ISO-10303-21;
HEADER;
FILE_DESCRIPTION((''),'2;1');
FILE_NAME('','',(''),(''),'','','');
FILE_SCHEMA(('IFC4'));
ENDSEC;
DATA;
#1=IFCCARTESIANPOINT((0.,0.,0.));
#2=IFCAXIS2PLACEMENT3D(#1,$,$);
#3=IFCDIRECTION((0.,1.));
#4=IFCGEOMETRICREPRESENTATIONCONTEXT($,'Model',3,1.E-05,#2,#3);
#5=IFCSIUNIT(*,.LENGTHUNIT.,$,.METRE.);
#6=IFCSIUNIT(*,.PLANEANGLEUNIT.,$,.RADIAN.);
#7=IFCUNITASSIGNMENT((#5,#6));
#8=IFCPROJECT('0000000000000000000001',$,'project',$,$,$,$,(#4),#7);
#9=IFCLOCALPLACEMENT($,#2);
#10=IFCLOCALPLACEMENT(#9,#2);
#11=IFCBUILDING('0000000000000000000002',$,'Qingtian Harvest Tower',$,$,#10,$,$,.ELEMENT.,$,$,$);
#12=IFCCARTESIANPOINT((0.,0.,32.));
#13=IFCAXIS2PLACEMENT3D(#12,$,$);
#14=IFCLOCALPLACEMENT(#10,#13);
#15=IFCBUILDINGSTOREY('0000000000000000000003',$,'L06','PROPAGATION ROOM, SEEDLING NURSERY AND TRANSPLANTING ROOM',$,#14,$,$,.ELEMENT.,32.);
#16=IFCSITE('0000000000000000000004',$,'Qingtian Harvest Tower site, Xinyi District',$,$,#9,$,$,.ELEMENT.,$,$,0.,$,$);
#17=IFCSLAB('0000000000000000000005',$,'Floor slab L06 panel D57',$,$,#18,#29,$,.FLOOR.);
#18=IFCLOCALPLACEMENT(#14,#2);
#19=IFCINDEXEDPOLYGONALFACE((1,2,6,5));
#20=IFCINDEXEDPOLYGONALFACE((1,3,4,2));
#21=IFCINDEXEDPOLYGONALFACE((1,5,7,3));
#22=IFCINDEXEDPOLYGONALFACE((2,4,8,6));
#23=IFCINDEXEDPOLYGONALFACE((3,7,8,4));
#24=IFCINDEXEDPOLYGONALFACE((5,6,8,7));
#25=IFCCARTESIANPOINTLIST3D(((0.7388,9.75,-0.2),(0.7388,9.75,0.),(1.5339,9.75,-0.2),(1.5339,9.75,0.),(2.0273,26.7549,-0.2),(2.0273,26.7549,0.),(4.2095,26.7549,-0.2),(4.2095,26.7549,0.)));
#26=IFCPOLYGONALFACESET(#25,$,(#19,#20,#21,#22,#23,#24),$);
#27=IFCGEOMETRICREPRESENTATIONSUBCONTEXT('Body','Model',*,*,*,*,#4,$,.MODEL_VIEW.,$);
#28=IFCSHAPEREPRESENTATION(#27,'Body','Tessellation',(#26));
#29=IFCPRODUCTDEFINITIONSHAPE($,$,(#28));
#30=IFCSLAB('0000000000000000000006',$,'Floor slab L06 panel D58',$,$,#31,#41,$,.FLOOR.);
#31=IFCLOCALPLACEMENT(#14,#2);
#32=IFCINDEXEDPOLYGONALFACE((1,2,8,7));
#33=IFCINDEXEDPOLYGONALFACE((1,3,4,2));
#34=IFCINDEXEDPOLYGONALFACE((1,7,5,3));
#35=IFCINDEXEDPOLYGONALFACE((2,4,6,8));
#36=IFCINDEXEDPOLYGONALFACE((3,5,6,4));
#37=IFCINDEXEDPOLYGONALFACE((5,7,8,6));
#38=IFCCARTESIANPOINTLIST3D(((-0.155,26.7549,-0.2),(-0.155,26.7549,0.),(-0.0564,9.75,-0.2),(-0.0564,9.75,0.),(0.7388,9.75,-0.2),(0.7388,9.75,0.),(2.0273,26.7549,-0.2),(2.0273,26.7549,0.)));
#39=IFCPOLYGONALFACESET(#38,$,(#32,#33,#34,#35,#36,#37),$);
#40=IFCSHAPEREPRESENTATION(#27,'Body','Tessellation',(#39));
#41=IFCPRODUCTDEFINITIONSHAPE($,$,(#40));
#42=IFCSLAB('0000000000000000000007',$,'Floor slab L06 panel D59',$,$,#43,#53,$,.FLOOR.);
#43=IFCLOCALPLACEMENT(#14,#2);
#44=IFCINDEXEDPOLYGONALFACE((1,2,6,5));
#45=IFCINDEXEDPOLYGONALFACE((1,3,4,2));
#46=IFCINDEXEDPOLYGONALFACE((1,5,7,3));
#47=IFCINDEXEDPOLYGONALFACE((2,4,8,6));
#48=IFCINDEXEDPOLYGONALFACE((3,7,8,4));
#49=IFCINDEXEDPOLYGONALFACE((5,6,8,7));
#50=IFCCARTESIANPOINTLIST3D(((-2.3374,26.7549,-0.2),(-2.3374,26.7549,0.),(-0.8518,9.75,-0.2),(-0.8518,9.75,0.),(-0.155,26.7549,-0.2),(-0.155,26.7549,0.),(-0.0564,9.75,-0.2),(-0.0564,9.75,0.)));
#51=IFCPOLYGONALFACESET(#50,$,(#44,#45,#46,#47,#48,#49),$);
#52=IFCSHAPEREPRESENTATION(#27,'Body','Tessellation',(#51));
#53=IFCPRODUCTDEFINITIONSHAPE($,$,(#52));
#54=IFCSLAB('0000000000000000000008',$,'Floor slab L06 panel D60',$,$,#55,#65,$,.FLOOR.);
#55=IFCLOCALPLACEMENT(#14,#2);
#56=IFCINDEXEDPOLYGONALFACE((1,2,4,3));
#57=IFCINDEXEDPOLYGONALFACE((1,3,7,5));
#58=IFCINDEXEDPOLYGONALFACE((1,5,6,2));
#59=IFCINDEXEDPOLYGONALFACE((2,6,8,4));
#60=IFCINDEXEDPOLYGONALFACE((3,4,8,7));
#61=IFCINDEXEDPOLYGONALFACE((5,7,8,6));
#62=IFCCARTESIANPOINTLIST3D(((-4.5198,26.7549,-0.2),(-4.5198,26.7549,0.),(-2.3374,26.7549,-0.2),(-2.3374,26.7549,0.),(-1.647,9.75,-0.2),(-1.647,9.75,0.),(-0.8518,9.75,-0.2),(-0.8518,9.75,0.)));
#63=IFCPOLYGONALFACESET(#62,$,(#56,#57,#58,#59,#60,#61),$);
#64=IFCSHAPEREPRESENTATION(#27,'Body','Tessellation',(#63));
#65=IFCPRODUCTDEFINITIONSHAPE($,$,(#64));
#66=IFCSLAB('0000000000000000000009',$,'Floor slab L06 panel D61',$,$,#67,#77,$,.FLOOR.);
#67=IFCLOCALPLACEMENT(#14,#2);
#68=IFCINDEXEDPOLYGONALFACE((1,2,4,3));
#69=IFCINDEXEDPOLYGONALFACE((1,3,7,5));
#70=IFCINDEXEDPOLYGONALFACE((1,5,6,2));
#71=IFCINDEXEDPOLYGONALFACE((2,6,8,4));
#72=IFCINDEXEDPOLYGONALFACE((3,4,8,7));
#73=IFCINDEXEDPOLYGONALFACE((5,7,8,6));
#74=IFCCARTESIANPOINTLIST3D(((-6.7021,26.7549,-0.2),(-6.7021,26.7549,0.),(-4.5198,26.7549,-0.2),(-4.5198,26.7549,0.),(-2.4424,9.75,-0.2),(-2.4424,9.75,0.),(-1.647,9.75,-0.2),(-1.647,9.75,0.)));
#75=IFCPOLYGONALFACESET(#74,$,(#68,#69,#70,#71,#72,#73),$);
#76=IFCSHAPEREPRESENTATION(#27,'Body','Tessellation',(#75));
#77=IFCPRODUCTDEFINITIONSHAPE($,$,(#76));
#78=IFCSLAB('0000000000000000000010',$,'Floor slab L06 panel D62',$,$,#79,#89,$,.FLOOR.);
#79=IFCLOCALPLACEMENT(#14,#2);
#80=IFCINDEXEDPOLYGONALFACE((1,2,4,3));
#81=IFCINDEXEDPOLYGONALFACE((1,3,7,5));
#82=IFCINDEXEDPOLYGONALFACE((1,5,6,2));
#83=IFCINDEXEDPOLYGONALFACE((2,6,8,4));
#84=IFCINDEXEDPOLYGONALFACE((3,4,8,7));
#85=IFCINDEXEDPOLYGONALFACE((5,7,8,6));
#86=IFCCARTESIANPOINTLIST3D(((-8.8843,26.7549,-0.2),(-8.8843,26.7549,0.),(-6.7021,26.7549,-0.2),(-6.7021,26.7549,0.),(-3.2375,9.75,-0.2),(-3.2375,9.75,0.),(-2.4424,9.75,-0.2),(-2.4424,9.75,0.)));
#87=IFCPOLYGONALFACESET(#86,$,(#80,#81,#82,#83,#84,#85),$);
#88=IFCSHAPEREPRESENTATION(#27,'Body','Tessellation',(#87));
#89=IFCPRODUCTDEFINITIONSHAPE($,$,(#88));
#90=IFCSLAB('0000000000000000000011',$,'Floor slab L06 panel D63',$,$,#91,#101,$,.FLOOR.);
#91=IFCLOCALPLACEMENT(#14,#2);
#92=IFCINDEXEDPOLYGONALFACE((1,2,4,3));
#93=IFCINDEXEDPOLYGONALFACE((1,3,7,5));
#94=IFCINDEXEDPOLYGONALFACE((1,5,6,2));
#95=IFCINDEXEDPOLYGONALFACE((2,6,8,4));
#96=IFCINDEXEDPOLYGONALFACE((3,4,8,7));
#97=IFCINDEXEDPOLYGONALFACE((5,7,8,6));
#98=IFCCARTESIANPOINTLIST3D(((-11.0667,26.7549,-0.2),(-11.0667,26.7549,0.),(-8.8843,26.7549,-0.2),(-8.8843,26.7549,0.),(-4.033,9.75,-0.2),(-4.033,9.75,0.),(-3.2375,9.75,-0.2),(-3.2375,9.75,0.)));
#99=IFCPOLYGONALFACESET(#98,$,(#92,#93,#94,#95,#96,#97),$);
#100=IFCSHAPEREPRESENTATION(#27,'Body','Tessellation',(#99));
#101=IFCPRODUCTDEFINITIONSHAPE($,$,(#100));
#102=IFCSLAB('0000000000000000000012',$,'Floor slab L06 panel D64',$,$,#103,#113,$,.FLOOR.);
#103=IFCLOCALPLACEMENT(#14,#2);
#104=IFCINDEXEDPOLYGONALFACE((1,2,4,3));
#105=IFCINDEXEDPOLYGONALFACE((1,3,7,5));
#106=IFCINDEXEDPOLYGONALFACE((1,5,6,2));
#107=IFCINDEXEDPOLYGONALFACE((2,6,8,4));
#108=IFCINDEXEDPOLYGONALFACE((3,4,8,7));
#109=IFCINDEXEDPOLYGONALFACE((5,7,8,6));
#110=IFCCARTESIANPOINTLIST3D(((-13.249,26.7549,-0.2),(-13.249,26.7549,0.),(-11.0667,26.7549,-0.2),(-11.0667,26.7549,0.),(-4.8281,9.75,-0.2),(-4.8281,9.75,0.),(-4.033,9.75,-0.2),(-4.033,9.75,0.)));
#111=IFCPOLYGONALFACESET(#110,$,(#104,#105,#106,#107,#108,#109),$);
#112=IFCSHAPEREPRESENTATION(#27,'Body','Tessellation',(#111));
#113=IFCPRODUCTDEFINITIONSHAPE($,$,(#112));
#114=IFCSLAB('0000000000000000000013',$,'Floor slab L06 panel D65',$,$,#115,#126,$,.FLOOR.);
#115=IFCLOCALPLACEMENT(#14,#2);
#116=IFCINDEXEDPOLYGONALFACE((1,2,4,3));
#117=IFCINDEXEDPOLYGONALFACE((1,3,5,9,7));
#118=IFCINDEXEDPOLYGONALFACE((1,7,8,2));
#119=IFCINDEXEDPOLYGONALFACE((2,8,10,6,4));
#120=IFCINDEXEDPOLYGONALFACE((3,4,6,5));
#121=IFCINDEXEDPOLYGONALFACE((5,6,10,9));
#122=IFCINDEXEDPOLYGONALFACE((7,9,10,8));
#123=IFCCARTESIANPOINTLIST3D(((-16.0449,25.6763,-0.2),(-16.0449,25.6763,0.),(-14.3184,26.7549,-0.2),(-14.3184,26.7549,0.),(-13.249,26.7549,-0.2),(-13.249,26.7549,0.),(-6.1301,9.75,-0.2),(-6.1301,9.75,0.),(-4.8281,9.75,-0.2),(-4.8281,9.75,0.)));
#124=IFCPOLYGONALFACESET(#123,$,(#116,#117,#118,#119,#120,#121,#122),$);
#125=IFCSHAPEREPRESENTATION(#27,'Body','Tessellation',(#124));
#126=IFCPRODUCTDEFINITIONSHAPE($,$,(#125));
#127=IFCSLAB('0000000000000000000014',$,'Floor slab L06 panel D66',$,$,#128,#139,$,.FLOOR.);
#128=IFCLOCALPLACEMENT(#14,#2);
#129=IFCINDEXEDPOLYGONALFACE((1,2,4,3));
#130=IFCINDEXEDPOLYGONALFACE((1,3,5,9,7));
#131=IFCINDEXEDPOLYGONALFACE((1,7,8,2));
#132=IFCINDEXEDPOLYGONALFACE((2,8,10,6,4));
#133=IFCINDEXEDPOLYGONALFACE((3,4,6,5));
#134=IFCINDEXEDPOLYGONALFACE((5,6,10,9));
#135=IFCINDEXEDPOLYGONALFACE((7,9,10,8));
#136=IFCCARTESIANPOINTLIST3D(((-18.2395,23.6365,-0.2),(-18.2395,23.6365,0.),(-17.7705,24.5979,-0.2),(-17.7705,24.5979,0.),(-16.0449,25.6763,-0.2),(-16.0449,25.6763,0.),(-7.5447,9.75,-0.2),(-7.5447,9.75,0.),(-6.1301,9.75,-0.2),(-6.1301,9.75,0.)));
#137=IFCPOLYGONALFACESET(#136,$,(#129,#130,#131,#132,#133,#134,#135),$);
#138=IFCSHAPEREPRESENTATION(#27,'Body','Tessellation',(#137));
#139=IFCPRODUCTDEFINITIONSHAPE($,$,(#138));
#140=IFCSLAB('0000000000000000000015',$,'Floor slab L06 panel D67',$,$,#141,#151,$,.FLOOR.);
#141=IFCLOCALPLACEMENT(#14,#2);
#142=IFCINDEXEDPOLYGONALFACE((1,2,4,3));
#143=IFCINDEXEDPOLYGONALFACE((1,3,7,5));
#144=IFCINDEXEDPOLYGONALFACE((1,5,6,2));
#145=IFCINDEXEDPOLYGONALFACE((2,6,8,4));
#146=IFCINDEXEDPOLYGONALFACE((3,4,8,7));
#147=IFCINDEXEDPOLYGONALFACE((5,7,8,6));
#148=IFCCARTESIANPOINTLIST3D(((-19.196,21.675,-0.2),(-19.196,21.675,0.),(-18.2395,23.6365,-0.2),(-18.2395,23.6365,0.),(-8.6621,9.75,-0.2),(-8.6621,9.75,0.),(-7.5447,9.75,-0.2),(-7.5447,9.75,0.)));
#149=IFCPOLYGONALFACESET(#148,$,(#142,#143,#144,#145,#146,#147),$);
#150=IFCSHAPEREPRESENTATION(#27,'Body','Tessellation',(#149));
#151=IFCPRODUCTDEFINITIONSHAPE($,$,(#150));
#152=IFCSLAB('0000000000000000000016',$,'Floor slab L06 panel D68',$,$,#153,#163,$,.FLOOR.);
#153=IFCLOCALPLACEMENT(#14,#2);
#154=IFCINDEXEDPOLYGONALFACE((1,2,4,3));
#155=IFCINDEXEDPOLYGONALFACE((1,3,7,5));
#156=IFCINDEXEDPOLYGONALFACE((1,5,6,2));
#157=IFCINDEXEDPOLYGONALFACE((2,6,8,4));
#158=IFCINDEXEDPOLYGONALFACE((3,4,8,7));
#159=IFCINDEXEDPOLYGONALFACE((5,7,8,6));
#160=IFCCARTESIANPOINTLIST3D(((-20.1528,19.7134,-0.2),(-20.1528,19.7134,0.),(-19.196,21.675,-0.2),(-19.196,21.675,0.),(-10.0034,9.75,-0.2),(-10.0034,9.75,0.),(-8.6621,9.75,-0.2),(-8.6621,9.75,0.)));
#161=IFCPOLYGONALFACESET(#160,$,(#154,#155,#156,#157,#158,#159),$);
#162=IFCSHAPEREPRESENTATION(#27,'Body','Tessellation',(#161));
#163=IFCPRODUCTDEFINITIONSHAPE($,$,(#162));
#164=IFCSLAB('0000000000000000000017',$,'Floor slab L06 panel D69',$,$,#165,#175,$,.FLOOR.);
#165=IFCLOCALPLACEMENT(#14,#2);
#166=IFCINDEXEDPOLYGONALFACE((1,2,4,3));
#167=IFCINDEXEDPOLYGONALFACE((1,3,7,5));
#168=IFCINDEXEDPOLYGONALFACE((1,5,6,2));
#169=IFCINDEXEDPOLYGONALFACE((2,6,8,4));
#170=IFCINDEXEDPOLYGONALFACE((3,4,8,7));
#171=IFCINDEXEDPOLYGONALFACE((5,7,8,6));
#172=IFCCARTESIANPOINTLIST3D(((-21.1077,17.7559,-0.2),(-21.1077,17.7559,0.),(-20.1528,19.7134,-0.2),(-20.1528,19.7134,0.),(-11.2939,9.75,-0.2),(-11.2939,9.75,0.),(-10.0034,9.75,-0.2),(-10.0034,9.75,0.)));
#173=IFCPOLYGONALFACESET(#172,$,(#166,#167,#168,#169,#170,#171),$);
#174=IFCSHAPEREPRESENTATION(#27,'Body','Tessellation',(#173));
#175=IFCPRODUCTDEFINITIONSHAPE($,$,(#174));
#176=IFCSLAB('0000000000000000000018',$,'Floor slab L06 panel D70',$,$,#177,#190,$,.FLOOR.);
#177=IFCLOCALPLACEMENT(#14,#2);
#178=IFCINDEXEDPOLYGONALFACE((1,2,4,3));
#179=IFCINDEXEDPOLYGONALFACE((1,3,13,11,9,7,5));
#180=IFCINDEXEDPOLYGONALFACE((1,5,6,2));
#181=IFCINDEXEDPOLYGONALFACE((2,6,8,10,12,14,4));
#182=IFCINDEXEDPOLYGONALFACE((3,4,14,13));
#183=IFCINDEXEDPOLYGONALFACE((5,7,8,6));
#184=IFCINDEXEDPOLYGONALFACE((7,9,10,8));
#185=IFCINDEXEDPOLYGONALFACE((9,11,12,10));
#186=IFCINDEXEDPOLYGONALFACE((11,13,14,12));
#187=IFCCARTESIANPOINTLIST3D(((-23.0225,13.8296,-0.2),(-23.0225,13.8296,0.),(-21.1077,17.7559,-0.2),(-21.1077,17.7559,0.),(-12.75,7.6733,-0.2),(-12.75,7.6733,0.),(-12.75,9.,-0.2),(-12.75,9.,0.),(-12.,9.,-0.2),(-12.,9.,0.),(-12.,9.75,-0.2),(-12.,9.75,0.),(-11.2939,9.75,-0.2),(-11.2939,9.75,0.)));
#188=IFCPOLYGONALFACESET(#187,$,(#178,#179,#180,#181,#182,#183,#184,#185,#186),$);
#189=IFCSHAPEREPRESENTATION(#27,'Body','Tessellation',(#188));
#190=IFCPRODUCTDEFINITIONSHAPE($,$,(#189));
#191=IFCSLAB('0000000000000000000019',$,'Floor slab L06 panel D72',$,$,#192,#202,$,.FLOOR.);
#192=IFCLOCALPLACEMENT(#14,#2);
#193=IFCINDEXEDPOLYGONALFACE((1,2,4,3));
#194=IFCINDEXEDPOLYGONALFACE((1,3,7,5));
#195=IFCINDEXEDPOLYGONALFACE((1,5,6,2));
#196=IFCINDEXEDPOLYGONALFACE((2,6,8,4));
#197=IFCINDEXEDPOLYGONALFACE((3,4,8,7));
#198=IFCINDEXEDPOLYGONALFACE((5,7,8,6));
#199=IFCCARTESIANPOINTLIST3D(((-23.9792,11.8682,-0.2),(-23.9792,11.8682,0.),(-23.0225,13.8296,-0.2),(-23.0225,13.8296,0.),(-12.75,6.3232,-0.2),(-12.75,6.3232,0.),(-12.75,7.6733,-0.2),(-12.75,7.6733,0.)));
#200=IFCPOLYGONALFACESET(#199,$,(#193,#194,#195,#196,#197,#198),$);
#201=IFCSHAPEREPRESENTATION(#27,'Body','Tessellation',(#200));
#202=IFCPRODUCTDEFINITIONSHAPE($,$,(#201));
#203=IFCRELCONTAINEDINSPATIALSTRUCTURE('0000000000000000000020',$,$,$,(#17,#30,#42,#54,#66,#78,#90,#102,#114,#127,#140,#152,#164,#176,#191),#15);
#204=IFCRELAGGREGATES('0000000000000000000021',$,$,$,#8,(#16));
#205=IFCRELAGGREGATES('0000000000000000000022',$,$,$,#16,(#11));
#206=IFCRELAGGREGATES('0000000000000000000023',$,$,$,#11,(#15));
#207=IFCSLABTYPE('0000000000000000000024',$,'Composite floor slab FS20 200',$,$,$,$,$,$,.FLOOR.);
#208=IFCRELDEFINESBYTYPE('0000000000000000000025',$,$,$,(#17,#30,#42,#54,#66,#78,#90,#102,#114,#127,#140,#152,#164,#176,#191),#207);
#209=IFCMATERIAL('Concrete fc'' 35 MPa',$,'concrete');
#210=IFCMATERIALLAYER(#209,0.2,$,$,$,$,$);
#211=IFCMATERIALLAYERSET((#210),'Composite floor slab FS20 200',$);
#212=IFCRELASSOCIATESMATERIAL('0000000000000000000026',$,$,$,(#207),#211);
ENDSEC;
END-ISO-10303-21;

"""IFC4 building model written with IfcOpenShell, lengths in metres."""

from ifc_helpers import new_model, si_unit, direction, frame, origin, place, context, subcontext, project, spatial, polyline, outline, extrude, material, layer, layer_set, type_object, element, save


model = new_model("IFC4")

# Units and contexts
model_context = context("Model", 3, precision=1e-05, world=origin(), true_north=direction((0.0, 1.0)))
body_context = subcontext(model_context, "Body", "Model", "MODEL_VIEW")
ifc_project = project(units=[si_unit("LENGTHUNIT", "METRE"), si_unit("PLANEANGLEUNIT", "RADIAN")], contexts=[model_context])

# Site, building, storey
site_placement = place(None, origin())
site = spatial("IfcSite", under=ifc_project, at=site_placement, Name="Qingtian Harvest Tower site, Xinyi District", CompositionType="ELEMENT", RefElevation=0.0)
building_placement = place(site_placement, origin())
building = spatial("IfcBuilding", under=site, at=building_placement, Name="Qingtian Harvest Tower", CompositionType="ELEMENT")
storey_placement = place(building_placement, frame((0.0, 0.0, 32.0)))
storey = spatial("IfcBuildingStorey", under=building, at=storey_placement, Name="L06", Description="PROPAGATION ROOM, SEEDLING NURSERY AND TRANSPLANTING ROOM", CompositionType="ELEMENT", Elevation=32.0)

# Slabs
ifc_material_1 = material(Name="Concrete fc' 35 MPa", Category="concrete")
ifc_layer_1 = layer(ifc_material_1, 0.2)
ifc_layer_set_1 = layer_set([ifc_layer_1], Name="Composite floor slab FS20 200")
slab_type = type_object("IfcSlabType", Name="Composite floor slab FS20 200", PredefinedType="FLOOR", material=ifc_layer_set_1)
slab_1_placement = place(storey_placement, frame((0.0, 0.0, -0.2)))
element("IfcSlab", 1, at=slab_1_placement, inside=storey, type_object=slab_type, Name="Floor slab L06 panel D57", PredefinedType="FLOOR", context=body_context, shape_type="SweptSolid", body=[
    extrude(outline(polyline([(0.7388, 9.75), (2.0273, 26.7549), (4.2095, 26.7549), (1.5339, 9.75), (0.7388, 9.75)])), origin(), (0.0, 0.0, 1.0), 0.2),
])
slab_2_placement = place(storey_placement, frame((0.0, 0.0, -0.2)))
element("IfcSlab", 2, at=slab_2_placement, inside=storey, type_object=slab_type, Name="Floor slab L06 panel D58", PredefinedType="FLOOR", context=body_context, shape_type="SweptSolid", body=[
    extrude(outline(polyline([(-0.0564, 9.75), (-0.155, 26.7549), (2.0273, 26.7549), (0.7388, 9.75), (-0.0564, 9.75)])), origin(), (0.0, 0.0, 1.0), 0.2),
])
slab_3_placement = place(storey_placement, frame((0.0, 0.0, -0.2)))
element("IfcSlab", 3, at=slab_3_placement, inside=storey, type_object=slab_type, Name="Floor slab L06 panel D59", PredefinedType="FLOOR", context=body_context, shape_type="SweptSolid", body=[
    extrude(outline(polyline([(-0.8518, 9.75), (-2.3374, 26.7549), (-0.155, 26.7549), (-0.0564, 9.75), (-0.8518, 9.75)])), origin(), (0.0, 0.0, 1.0), 0.2),
])
slab_4_placement = place(storey_placement, frame((0.0, 0.0, -0.2)))
element("IfcSlab", 4, at=slab_4_placement, inside=storey, type_object=slab_type, Name="Floor slab L06 panel D60", PredefinedType="FLOOR", context=body_context, shape_type="SweptSolid", body=[
    extrude(outline(polyline([(-1.647, 9.75), (-4.5198, 26.7549), (-2.3374, 26.7549), (-0.8518, 9.75), (-1.647, 9.75)])), origin(), (0.0, 0.0, 1.0), 0.2),
])
slab_5_placement = place(storey_placement, frame((0.0, 0.0, -0.2)))
element("IfcSlab", 5, at=slab_5_placement, inside=storey, type_object=slab_type, Name="Floor slab L06 panel D61", PredefinedType="FLOOR", context=body_context, shape_type="SweptSolid", body=[
    extrude(outline(polyline([(-2.4424, 9.75), (-6.7021, 26.7549), (-4.5198, 26.7549), (-1.647, 9.75), (-2.4424, 9.75)])), origin(), (0.0, 0.0, 1.0), 0.2),
])
slab_6_placement = place(storey_placement, frame((0.0, 0.0, -0.2)))
element("IfcSlab", 6, at=slab_6_placement, inside=storey, type_object=slab_type, Name="Floor slab L06 panel D62", PredefinedType="FLOOR", context=body_context, shape_type="SweptSolid", body=[
    extrude(outline(polyline([(-3.2375, 9.75), (-8.8843, 26.7549), (-6.7021, 26.7549), (-2.4424, 9.75), (-3.2375, 9.75)])), origin(), (0.0, 0.0, 1.0), 0.2),
])
slab_7_placement = place(storey_placement, frame((0.0, 0.0, -0.2)))
element("IfcSlab", 7, at=slab_7_placement, inside=storey, type_object=slab_type, Name="Floor slab L06 panel D63", PredefinedType="FLOOR", context=body_context, shape_type="SweptSolid", body=[
    extrude(outline(polyline([(-4.033, 9.75), (-11.0667, 26.7549), (-8.8843, 26.7549), (-3.2375, 9.75), (-4.033, 9.75)])), origin(), (0.0, 0.0, 1.0), 0.2),
])
slab_8_placement = place(storey_placement, frame((0.0, 0.0, -0.2)))
element("IfcSlab", 8, at=slab_8_placement, inside=storey, type_object=slab_type, Name="Floor slab L06 panel D64", PredefinedType="FLOOR", context=body_context, shape_type="SweptSolid", body=[
    extrude(outline(polyline([(-4.8281, 9.75), (-13.249, 26.7549), (-11.0667, 26.7549), (-4.033, 9.75), (-4.8281, 9.75)])), origin(), (0.0, 0.0, 1.0), 0.2),
])
slab_9_placement = place(storey_placement, frame((0.0, 0.0, -0.2)))
element("IfcSlab", 9, at=slab_9_placement, inside=storey, type_object=slab_type, Name="Floor slab L06 panel D65", PredefinedType="FLOOR", context=body_context, shape_type="SweptSolid", body=[
    extrude(outline(polyline([(-4.8281, 9.75), (-6.1301, 9.75), (-16.0449, 25.6763), (-14.3184, 26.7549), (-13.249, 26.7549), (-4.8281, 9.75)])), origin(), (0.0, 0.0, 1.0), 0.2),
])
slab_10_placement = place(storey_placement, frame((0.0, 0.0, -0.2)))
element("IfcSlab", 10, at=slab_10_placement, inside=storey, type_object=slab_type, Name="Floor slab L06 panel D66", PredefinedType="FLOOR", context=body_context, shape_type="SweptSolid", body=[
    extrude(outline(polyline([(-6.1301, 9.75), (-7.5447, 9.75), (-18.2395, 23.6365), (-17.7705, 24.5979), (-16.0449, 25.6763), (-6.1301, 9.75)])), origin(), (0.0, 0.0, 1.0), 0.2),
])
slab_11_placement = place(storey_placement, frame((0.0, 0.0, -0.2)))
element("IfcSlab", 11, at=slab_11_placement, inside=storey, type_object=slab_type, Name="Floor slab L06 panel D67", PredefinedType="FLOOR", context=body_context, shape_type="SweptSolid", body=[
    extrude(outline(polyline([(-8.6621, 9.75), (-19.196, 21.675), (-18.2395, 23.6365), (-7.5447, 9.75), (-8.6621, 9.75)])), origin(), (0.0, 0.0, 1.0), 0.2),
])
slab_12_placement = place(storey_placement, frame((0.0, 0.0, -0.2)))
element("IfcSlab", 12, at=slab_12_placement, inside=storey, type_object=slab_type, Name="Floor slab L06 panel D68", PredefinedType="FLOOR", context=body_context, shape_type="SweptSolid", body=[
    extrude(outline(polyline([(-10.0034, 9.75), (-20.1528, 19.7134), (-19.196, 21.675), (-8.6621, 9.75), (-10.0034, 9.75)])), origin(), (0.0, 0.0, 1.0), 0.2),
])
slab_13_placement = place(storey_placement, frame((0.0, 0.0, -0.2)))
element("IfcSlab", 13, at=slab_13_placement, inside=storey, type_object=slab_type, Name="Floor slab L06 panel D69", PredefinedType="FLOOR", context=body_context, shape_type="SweptSolid", body=[
    extrude(outline(polyline([(-11.2939, 9.75), (-21.1077, 17.7559), (-20.1528, 19.7134), (-10.0034, 9.75), (-11.2939, 9.75)])), origin(), (0.0, 0.0, 1.0), 0.2),
])
slab_14_placement = place(storey_placement, frame((0.0, 0.0, -0.2)))
element("IfcSlab", 14, at=slab_14_placement, inside=storey, type_object=slab_type, Name="Floor slab L06 panel D70", PredefinedType="FLOOR", context=body_context, shape_type="SweptSolid", body=[
    extrude(outline(polyline([(-12.0, 9.0), (-12.75, 9.0), (-12.75, 7.6733), (-23.0225, 13.8296), (-21.1077, 17.7559), (-11.2939, 9.75), (-12.0, 9.75), (-12.0, 9.0)])), origin(), (0.0, 0.0, 1.0), 0.2),
])
slab_15_placement = place(storey_placement, frame((0.0, 0.0, -0.2)))
element("IfcSlab", 15, at=slab_15_placement, inside=storey, type_object=slab_type, Name="Floor slab L06 panel D72", PredefinedType="FLOOR", context=body_context, shape_type="SweptSolid", body=[
    extrude(outline(polyline([(-12.75, 6.3232), (-23.9792, 11.8682), (-23.0225, 13.8296), (-12.75, 7.6733), (-12.75, 6.3232)])), origin(), (0.0, 0.0, 1.0), 0.2),
])

save(model, "model.ifc")
